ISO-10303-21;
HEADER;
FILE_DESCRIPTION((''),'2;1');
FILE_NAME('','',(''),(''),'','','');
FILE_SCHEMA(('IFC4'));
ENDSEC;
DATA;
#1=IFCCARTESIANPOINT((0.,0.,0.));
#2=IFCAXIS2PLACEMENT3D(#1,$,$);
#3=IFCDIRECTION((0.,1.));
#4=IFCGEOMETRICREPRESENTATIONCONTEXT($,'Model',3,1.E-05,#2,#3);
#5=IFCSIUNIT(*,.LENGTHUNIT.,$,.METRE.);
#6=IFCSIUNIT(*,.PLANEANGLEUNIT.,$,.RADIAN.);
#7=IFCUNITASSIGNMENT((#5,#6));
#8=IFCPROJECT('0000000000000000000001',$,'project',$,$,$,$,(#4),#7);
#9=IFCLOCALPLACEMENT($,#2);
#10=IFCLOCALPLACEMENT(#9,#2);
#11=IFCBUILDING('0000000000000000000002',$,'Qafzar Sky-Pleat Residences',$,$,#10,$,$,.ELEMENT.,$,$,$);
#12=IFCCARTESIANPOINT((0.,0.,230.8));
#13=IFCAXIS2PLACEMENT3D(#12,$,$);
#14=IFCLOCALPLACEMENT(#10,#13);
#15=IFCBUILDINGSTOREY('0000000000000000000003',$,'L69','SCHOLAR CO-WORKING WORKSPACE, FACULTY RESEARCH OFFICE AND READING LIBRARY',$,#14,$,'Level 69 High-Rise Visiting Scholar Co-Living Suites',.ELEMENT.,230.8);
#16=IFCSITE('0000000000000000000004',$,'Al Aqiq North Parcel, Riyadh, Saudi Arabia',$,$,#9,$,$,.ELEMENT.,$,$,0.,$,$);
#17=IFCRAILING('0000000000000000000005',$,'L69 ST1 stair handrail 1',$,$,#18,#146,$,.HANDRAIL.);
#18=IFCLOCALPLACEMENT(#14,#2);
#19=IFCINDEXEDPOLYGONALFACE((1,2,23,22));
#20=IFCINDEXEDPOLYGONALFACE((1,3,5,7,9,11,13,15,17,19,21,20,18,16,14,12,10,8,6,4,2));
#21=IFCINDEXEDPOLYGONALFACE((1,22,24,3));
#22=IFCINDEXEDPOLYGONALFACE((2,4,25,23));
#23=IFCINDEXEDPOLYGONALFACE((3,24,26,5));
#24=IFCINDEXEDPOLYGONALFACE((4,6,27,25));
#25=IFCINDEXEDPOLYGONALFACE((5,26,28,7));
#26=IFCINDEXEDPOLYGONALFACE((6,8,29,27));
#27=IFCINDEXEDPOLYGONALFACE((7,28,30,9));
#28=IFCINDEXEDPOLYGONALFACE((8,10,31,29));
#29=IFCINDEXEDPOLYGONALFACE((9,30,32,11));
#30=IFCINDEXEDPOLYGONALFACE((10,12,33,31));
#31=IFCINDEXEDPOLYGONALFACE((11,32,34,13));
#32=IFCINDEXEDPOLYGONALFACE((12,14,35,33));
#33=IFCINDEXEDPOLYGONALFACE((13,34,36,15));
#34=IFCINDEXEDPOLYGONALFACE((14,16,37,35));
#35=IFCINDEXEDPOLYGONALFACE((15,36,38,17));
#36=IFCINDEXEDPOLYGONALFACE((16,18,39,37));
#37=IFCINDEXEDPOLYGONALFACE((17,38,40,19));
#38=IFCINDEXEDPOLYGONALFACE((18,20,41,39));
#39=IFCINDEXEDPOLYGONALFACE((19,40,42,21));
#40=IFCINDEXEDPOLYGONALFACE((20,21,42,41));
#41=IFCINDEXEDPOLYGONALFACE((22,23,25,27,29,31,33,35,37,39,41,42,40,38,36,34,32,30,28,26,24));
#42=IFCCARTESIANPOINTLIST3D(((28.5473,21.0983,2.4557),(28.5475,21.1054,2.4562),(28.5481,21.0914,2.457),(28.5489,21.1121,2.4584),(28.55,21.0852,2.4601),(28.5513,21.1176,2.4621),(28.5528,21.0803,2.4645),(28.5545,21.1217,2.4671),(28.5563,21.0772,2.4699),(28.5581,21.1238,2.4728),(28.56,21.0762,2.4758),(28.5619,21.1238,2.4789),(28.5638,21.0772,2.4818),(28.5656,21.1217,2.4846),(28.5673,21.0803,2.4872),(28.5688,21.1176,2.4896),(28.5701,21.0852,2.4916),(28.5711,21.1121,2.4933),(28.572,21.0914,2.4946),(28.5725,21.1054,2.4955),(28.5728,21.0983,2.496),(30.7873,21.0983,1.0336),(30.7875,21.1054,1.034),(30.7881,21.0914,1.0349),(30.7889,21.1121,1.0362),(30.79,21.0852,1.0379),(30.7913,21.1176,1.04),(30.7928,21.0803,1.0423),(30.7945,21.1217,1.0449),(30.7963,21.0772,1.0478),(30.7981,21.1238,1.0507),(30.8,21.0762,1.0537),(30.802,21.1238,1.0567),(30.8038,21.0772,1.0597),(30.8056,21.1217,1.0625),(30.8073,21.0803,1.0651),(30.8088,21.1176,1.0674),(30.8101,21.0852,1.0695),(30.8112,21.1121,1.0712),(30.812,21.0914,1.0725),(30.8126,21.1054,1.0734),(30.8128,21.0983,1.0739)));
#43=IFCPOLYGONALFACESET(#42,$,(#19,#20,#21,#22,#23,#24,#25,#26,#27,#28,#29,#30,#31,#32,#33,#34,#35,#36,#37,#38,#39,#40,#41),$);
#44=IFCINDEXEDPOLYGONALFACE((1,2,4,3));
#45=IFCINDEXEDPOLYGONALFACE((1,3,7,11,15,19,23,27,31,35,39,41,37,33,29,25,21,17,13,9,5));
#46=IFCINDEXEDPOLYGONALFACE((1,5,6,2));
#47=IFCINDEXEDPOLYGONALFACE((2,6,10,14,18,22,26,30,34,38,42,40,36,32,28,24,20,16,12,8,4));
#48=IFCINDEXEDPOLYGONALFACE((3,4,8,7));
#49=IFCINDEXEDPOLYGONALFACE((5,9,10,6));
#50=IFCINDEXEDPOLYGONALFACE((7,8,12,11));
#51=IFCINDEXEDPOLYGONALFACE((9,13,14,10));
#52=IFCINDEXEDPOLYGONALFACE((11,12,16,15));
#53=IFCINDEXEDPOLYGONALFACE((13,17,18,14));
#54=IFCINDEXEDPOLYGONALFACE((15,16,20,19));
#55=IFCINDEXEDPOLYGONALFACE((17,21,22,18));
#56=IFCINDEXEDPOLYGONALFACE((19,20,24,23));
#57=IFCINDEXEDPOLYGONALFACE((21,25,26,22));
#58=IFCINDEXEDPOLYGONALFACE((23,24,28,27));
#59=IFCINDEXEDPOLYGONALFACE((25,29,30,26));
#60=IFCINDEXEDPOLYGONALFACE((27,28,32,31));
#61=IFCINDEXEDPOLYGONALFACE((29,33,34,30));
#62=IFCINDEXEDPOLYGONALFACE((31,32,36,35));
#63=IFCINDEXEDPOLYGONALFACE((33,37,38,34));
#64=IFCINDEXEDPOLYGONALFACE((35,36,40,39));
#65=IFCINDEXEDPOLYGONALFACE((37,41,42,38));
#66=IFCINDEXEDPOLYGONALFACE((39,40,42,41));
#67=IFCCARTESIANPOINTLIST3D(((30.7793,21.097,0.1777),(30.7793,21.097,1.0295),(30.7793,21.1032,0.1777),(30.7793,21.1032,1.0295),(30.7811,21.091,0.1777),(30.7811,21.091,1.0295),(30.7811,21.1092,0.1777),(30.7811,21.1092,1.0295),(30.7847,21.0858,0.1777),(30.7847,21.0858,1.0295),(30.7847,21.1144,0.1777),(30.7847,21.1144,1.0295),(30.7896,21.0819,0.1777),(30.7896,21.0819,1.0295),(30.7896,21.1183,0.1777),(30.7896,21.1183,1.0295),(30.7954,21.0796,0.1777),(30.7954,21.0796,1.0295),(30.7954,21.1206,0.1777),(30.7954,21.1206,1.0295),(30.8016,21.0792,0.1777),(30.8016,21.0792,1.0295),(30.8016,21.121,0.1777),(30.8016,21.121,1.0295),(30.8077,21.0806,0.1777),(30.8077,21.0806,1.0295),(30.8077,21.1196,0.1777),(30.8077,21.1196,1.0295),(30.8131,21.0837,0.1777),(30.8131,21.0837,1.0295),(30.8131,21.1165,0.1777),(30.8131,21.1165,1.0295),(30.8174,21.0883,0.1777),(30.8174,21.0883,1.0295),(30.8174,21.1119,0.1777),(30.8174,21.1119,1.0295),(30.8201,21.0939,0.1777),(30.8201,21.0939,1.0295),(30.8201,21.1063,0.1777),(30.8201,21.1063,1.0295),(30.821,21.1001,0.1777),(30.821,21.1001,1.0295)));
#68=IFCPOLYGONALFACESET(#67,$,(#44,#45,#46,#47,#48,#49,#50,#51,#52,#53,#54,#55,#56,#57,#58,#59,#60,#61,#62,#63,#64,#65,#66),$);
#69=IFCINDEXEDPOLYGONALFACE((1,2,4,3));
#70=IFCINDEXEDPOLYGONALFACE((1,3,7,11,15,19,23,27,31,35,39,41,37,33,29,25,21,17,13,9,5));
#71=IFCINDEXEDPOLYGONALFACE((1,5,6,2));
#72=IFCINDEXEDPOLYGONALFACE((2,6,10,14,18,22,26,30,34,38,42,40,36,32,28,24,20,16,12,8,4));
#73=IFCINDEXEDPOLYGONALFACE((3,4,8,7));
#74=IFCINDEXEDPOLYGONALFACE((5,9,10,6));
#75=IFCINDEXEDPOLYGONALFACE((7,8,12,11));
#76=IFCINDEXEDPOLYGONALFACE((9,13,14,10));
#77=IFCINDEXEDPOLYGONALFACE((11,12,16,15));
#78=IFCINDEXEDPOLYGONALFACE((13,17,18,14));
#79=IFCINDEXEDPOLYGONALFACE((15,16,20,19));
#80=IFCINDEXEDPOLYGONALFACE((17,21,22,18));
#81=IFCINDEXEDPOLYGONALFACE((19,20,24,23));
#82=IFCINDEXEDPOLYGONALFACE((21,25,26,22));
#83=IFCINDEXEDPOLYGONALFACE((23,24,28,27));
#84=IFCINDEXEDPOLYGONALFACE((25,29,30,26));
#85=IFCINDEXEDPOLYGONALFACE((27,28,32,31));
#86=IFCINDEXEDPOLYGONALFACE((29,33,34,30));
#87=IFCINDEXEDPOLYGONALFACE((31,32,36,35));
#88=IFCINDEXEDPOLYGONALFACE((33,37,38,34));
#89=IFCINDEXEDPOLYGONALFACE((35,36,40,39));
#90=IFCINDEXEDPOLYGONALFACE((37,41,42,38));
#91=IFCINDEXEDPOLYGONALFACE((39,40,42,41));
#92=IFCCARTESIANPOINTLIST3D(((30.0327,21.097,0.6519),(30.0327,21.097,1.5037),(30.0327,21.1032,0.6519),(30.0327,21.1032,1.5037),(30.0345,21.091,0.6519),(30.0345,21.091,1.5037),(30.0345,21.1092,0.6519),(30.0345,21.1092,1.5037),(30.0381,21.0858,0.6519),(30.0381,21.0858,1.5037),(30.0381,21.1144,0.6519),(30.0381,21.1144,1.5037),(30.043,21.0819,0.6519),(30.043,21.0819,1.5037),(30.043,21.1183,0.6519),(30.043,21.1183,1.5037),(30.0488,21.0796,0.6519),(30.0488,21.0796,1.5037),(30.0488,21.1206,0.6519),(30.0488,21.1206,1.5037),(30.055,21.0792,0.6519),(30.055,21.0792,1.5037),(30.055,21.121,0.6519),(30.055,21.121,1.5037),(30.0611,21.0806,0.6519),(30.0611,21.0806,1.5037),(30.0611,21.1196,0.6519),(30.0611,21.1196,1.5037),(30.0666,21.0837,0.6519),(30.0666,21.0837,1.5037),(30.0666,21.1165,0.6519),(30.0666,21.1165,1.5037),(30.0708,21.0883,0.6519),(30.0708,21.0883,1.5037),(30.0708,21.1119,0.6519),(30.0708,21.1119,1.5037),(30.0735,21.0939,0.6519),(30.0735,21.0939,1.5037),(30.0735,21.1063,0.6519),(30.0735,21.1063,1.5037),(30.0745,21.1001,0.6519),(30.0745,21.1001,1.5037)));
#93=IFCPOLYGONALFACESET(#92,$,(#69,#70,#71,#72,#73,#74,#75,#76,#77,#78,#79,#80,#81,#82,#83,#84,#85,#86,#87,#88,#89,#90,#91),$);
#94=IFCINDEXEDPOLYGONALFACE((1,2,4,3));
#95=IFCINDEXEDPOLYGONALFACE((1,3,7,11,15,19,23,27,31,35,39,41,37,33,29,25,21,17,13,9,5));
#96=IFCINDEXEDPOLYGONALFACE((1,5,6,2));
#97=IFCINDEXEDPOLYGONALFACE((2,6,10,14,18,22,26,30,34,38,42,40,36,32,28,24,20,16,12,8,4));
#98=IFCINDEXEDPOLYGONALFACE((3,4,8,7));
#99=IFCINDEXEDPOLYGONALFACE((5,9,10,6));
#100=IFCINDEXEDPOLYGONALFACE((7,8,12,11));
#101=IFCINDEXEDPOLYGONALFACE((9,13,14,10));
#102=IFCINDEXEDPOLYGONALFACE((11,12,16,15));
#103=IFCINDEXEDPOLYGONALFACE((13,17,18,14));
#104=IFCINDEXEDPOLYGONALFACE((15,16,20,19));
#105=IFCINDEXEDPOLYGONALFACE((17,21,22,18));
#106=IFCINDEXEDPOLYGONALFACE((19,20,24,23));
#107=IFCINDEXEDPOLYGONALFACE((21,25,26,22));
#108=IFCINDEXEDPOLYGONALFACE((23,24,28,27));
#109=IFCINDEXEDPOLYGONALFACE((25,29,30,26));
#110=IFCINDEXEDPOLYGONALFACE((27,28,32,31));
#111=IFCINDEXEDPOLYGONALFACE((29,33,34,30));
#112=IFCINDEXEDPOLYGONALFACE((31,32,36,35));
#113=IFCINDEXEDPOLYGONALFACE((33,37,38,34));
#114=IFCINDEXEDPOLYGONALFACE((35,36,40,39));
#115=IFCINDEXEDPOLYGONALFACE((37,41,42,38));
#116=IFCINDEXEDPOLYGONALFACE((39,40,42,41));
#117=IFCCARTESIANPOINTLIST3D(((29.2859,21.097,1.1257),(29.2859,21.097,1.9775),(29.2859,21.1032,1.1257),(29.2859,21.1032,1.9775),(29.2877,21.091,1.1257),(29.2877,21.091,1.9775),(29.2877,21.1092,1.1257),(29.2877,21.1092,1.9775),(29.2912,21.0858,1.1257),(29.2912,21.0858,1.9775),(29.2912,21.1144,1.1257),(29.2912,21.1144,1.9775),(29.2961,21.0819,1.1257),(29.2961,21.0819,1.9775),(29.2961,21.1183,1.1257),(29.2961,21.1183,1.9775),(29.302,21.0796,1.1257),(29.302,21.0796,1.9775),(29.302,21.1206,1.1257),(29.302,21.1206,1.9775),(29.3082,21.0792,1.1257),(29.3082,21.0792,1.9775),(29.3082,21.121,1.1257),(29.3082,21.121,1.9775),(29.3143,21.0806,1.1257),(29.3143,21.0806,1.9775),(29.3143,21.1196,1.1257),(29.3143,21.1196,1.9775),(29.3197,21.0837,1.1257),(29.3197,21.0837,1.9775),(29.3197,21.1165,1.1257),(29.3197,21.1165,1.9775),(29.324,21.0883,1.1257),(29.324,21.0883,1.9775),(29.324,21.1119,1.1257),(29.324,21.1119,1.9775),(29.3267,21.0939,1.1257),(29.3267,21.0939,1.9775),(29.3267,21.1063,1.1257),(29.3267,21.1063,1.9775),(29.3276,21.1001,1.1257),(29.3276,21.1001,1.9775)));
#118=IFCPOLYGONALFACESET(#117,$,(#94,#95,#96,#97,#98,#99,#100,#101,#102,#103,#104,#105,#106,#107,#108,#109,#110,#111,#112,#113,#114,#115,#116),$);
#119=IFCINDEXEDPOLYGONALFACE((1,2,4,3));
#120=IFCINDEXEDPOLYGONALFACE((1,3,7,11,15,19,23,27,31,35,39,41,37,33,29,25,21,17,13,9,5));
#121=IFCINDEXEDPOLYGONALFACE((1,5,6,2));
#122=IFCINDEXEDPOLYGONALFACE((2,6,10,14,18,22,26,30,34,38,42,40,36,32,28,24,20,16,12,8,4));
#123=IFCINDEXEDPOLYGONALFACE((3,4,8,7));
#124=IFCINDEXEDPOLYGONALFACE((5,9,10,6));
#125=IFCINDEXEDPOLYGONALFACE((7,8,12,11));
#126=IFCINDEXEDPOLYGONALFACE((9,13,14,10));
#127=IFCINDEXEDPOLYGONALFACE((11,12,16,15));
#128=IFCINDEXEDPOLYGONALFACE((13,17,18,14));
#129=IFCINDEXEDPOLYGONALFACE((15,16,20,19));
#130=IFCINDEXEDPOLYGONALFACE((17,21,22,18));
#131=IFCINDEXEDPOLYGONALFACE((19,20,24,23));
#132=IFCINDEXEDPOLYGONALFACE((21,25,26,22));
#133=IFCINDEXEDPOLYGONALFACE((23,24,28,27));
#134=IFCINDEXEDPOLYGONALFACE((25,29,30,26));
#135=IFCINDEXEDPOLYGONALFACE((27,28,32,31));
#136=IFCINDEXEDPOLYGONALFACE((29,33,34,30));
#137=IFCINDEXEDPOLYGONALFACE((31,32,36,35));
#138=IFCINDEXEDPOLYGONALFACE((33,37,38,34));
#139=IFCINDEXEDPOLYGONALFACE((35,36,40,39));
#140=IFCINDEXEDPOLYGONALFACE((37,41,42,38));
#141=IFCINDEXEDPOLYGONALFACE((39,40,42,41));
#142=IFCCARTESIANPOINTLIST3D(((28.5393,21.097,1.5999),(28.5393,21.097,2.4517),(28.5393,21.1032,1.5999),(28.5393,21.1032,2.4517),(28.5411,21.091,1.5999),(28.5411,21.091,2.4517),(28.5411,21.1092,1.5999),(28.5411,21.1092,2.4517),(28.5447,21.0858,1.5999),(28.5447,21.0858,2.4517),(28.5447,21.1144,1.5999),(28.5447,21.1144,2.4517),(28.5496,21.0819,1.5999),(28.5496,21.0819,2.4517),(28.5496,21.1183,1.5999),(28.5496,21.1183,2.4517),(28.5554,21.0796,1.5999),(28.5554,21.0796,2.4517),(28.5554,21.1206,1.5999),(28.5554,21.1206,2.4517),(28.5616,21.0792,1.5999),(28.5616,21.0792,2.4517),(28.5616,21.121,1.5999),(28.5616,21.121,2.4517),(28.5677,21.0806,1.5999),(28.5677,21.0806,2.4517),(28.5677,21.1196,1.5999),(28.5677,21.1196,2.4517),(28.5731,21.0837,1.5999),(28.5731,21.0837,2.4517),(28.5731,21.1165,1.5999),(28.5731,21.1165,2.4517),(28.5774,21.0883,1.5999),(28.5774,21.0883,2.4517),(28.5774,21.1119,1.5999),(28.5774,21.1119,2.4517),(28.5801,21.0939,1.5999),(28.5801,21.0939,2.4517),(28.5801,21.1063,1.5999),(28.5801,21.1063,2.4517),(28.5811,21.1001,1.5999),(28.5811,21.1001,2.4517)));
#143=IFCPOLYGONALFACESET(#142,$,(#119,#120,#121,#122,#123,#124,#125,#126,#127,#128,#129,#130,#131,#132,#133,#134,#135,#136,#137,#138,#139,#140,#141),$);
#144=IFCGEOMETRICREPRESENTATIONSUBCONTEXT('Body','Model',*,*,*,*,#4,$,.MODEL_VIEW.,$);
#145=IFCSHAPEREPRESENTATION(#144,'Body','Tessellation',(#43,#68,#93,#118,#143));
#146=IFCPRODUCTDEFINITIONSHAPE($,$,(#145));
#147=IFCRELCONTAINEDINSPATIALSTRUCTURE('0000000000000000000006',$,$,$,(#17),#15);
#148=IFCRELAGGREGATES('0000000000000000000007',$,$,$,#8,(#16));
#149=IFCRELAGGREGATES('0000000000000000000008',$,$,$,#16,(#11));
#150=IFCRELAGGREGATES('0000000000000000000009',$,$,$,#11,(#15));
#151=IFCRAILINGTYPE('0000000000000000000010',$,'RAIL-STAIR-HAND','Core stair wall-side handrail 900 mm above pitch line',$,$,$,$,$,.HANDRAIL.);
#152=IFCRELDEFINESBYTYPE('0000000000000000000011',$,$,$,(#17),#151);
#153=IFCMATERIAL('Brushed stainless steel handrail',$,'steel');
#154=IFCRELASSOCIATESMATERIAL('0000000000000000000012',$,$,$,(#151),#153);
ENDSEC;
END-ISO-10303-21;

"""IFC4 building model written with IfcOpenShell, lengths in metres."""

from ifc_helpers import new_model, si_unit, direction, frame, origin, origin_2d, place, context, subcontext, project, spatial, circle, extrude, source, transform, mapped, material, type_object, element, save


model = new_model("IFC4")

# Units and contexts
model_context = context("Model", 3, precision=1e-05, world=origin(), true_north=direction((0.0, 1.0)))
body_context = subcontext(model_context, "Body", "Model", "MODEL_VIEW")
ifc_project = project(units=[si_unit("LENGTHUNIT", "METRE"), si_unit("PLANEANGLEUNIT", "RADIAN")], contexts=[model_context])

# Site, building, storey
site_placement = place(None, origin())
site = spatial("IfcSite", under=ifc_project, at=site_placement, Name="Al Aqiq North Parcel, Riyadh, Saudi Arabia", CompositionType="ELEMENT", RefElevation=0.0)
building_placement = place(site_placement, origin())
building = spatial("IfcBuilding", under=site, at=building_placement, Name="Qafzar Sky-Pleat Residences", CompositionType="ELEMENT")
storey_placement = place(building_placement, frame((0.0, 0.0, 230.8)))
storey = spatial("IfcBuildingStorey", under=building, at=storey_placement, Name="L69", Description="SCHOLAR CO-WORKING WORKSPACE, FACULTY RESEARCH OFFICE AND READING LIBRARY", LongName="Level 69 High-Rise Visiting Scholar Co-Living Suites", CompositionType="ELEMENT", Elevation=230.8)

# Railing
ifc_material_1 = material(Name="Brushed stainless steel handrail", Category="steel")
railing_type_1 = type_object("IfcRailingType", Name="RAIL-STAIR-HAND", Description="Core stair wall-side handrail 900 mm above pitch line", PredefinedType="HANDRAIL", material=ifc_material_1)
shared_shape_1 = source(origin(), body_context, "Body", "SweptSolid", [
    extrude(circle(Radius=0.0239, at=origin_2d()), frame((0.0, 0.0, 0.876), z_axis=(-0.844229, 0.0, 0.535982), x_axis=(0.0, -1.0, 0.0)), (0.0, 0.0, 1.0), 2.6533),
    extrude(circle(Radius=0.021, at=origin_2d()), origin(), (0.0, 0.0, 1.0), 0.8518),
    extrude(circle(Radius=0.021, at=origin_2d()), frame((-0.7466, 0.0, 0.4741)), (0.0, 0.0, 1.0), 0.8518),
    extrude(circle(Radius=0.021, at=origin_2d()), frame((-1.4934, 0.0, 0.948)), (0.0, 0.0, 1.0), 0.8518),
    extrude(circle(Radius=0.021, at=origin_2d()), frame((-2.24, 0.0, 1.4221)), (0.0, 0.0, 1.0), 0.8518),
])
railing_1_placement = place(storey_placement, frame((30.8, 21.1001, 0.1777)))
element("IfcRailing", 1, at=railing_1_placement, inside=storey, type_object=railing_type_1, Name="L69 ST1 stair handrail 1", PredefinedType="HANDRAIL", context=body_context, shape_type="MappedRepresentation", body=[
    mapped(shared_shape_1, transform((0.0, 0.0, 0.0), x_axis=(1.0, 0.0, 0.0), y_axis=(0.0, 1.0, 0.0), z_axis=(0.0, 0.0, 1.0), scale=1.0)),
])

save(model, "model.ifc")
